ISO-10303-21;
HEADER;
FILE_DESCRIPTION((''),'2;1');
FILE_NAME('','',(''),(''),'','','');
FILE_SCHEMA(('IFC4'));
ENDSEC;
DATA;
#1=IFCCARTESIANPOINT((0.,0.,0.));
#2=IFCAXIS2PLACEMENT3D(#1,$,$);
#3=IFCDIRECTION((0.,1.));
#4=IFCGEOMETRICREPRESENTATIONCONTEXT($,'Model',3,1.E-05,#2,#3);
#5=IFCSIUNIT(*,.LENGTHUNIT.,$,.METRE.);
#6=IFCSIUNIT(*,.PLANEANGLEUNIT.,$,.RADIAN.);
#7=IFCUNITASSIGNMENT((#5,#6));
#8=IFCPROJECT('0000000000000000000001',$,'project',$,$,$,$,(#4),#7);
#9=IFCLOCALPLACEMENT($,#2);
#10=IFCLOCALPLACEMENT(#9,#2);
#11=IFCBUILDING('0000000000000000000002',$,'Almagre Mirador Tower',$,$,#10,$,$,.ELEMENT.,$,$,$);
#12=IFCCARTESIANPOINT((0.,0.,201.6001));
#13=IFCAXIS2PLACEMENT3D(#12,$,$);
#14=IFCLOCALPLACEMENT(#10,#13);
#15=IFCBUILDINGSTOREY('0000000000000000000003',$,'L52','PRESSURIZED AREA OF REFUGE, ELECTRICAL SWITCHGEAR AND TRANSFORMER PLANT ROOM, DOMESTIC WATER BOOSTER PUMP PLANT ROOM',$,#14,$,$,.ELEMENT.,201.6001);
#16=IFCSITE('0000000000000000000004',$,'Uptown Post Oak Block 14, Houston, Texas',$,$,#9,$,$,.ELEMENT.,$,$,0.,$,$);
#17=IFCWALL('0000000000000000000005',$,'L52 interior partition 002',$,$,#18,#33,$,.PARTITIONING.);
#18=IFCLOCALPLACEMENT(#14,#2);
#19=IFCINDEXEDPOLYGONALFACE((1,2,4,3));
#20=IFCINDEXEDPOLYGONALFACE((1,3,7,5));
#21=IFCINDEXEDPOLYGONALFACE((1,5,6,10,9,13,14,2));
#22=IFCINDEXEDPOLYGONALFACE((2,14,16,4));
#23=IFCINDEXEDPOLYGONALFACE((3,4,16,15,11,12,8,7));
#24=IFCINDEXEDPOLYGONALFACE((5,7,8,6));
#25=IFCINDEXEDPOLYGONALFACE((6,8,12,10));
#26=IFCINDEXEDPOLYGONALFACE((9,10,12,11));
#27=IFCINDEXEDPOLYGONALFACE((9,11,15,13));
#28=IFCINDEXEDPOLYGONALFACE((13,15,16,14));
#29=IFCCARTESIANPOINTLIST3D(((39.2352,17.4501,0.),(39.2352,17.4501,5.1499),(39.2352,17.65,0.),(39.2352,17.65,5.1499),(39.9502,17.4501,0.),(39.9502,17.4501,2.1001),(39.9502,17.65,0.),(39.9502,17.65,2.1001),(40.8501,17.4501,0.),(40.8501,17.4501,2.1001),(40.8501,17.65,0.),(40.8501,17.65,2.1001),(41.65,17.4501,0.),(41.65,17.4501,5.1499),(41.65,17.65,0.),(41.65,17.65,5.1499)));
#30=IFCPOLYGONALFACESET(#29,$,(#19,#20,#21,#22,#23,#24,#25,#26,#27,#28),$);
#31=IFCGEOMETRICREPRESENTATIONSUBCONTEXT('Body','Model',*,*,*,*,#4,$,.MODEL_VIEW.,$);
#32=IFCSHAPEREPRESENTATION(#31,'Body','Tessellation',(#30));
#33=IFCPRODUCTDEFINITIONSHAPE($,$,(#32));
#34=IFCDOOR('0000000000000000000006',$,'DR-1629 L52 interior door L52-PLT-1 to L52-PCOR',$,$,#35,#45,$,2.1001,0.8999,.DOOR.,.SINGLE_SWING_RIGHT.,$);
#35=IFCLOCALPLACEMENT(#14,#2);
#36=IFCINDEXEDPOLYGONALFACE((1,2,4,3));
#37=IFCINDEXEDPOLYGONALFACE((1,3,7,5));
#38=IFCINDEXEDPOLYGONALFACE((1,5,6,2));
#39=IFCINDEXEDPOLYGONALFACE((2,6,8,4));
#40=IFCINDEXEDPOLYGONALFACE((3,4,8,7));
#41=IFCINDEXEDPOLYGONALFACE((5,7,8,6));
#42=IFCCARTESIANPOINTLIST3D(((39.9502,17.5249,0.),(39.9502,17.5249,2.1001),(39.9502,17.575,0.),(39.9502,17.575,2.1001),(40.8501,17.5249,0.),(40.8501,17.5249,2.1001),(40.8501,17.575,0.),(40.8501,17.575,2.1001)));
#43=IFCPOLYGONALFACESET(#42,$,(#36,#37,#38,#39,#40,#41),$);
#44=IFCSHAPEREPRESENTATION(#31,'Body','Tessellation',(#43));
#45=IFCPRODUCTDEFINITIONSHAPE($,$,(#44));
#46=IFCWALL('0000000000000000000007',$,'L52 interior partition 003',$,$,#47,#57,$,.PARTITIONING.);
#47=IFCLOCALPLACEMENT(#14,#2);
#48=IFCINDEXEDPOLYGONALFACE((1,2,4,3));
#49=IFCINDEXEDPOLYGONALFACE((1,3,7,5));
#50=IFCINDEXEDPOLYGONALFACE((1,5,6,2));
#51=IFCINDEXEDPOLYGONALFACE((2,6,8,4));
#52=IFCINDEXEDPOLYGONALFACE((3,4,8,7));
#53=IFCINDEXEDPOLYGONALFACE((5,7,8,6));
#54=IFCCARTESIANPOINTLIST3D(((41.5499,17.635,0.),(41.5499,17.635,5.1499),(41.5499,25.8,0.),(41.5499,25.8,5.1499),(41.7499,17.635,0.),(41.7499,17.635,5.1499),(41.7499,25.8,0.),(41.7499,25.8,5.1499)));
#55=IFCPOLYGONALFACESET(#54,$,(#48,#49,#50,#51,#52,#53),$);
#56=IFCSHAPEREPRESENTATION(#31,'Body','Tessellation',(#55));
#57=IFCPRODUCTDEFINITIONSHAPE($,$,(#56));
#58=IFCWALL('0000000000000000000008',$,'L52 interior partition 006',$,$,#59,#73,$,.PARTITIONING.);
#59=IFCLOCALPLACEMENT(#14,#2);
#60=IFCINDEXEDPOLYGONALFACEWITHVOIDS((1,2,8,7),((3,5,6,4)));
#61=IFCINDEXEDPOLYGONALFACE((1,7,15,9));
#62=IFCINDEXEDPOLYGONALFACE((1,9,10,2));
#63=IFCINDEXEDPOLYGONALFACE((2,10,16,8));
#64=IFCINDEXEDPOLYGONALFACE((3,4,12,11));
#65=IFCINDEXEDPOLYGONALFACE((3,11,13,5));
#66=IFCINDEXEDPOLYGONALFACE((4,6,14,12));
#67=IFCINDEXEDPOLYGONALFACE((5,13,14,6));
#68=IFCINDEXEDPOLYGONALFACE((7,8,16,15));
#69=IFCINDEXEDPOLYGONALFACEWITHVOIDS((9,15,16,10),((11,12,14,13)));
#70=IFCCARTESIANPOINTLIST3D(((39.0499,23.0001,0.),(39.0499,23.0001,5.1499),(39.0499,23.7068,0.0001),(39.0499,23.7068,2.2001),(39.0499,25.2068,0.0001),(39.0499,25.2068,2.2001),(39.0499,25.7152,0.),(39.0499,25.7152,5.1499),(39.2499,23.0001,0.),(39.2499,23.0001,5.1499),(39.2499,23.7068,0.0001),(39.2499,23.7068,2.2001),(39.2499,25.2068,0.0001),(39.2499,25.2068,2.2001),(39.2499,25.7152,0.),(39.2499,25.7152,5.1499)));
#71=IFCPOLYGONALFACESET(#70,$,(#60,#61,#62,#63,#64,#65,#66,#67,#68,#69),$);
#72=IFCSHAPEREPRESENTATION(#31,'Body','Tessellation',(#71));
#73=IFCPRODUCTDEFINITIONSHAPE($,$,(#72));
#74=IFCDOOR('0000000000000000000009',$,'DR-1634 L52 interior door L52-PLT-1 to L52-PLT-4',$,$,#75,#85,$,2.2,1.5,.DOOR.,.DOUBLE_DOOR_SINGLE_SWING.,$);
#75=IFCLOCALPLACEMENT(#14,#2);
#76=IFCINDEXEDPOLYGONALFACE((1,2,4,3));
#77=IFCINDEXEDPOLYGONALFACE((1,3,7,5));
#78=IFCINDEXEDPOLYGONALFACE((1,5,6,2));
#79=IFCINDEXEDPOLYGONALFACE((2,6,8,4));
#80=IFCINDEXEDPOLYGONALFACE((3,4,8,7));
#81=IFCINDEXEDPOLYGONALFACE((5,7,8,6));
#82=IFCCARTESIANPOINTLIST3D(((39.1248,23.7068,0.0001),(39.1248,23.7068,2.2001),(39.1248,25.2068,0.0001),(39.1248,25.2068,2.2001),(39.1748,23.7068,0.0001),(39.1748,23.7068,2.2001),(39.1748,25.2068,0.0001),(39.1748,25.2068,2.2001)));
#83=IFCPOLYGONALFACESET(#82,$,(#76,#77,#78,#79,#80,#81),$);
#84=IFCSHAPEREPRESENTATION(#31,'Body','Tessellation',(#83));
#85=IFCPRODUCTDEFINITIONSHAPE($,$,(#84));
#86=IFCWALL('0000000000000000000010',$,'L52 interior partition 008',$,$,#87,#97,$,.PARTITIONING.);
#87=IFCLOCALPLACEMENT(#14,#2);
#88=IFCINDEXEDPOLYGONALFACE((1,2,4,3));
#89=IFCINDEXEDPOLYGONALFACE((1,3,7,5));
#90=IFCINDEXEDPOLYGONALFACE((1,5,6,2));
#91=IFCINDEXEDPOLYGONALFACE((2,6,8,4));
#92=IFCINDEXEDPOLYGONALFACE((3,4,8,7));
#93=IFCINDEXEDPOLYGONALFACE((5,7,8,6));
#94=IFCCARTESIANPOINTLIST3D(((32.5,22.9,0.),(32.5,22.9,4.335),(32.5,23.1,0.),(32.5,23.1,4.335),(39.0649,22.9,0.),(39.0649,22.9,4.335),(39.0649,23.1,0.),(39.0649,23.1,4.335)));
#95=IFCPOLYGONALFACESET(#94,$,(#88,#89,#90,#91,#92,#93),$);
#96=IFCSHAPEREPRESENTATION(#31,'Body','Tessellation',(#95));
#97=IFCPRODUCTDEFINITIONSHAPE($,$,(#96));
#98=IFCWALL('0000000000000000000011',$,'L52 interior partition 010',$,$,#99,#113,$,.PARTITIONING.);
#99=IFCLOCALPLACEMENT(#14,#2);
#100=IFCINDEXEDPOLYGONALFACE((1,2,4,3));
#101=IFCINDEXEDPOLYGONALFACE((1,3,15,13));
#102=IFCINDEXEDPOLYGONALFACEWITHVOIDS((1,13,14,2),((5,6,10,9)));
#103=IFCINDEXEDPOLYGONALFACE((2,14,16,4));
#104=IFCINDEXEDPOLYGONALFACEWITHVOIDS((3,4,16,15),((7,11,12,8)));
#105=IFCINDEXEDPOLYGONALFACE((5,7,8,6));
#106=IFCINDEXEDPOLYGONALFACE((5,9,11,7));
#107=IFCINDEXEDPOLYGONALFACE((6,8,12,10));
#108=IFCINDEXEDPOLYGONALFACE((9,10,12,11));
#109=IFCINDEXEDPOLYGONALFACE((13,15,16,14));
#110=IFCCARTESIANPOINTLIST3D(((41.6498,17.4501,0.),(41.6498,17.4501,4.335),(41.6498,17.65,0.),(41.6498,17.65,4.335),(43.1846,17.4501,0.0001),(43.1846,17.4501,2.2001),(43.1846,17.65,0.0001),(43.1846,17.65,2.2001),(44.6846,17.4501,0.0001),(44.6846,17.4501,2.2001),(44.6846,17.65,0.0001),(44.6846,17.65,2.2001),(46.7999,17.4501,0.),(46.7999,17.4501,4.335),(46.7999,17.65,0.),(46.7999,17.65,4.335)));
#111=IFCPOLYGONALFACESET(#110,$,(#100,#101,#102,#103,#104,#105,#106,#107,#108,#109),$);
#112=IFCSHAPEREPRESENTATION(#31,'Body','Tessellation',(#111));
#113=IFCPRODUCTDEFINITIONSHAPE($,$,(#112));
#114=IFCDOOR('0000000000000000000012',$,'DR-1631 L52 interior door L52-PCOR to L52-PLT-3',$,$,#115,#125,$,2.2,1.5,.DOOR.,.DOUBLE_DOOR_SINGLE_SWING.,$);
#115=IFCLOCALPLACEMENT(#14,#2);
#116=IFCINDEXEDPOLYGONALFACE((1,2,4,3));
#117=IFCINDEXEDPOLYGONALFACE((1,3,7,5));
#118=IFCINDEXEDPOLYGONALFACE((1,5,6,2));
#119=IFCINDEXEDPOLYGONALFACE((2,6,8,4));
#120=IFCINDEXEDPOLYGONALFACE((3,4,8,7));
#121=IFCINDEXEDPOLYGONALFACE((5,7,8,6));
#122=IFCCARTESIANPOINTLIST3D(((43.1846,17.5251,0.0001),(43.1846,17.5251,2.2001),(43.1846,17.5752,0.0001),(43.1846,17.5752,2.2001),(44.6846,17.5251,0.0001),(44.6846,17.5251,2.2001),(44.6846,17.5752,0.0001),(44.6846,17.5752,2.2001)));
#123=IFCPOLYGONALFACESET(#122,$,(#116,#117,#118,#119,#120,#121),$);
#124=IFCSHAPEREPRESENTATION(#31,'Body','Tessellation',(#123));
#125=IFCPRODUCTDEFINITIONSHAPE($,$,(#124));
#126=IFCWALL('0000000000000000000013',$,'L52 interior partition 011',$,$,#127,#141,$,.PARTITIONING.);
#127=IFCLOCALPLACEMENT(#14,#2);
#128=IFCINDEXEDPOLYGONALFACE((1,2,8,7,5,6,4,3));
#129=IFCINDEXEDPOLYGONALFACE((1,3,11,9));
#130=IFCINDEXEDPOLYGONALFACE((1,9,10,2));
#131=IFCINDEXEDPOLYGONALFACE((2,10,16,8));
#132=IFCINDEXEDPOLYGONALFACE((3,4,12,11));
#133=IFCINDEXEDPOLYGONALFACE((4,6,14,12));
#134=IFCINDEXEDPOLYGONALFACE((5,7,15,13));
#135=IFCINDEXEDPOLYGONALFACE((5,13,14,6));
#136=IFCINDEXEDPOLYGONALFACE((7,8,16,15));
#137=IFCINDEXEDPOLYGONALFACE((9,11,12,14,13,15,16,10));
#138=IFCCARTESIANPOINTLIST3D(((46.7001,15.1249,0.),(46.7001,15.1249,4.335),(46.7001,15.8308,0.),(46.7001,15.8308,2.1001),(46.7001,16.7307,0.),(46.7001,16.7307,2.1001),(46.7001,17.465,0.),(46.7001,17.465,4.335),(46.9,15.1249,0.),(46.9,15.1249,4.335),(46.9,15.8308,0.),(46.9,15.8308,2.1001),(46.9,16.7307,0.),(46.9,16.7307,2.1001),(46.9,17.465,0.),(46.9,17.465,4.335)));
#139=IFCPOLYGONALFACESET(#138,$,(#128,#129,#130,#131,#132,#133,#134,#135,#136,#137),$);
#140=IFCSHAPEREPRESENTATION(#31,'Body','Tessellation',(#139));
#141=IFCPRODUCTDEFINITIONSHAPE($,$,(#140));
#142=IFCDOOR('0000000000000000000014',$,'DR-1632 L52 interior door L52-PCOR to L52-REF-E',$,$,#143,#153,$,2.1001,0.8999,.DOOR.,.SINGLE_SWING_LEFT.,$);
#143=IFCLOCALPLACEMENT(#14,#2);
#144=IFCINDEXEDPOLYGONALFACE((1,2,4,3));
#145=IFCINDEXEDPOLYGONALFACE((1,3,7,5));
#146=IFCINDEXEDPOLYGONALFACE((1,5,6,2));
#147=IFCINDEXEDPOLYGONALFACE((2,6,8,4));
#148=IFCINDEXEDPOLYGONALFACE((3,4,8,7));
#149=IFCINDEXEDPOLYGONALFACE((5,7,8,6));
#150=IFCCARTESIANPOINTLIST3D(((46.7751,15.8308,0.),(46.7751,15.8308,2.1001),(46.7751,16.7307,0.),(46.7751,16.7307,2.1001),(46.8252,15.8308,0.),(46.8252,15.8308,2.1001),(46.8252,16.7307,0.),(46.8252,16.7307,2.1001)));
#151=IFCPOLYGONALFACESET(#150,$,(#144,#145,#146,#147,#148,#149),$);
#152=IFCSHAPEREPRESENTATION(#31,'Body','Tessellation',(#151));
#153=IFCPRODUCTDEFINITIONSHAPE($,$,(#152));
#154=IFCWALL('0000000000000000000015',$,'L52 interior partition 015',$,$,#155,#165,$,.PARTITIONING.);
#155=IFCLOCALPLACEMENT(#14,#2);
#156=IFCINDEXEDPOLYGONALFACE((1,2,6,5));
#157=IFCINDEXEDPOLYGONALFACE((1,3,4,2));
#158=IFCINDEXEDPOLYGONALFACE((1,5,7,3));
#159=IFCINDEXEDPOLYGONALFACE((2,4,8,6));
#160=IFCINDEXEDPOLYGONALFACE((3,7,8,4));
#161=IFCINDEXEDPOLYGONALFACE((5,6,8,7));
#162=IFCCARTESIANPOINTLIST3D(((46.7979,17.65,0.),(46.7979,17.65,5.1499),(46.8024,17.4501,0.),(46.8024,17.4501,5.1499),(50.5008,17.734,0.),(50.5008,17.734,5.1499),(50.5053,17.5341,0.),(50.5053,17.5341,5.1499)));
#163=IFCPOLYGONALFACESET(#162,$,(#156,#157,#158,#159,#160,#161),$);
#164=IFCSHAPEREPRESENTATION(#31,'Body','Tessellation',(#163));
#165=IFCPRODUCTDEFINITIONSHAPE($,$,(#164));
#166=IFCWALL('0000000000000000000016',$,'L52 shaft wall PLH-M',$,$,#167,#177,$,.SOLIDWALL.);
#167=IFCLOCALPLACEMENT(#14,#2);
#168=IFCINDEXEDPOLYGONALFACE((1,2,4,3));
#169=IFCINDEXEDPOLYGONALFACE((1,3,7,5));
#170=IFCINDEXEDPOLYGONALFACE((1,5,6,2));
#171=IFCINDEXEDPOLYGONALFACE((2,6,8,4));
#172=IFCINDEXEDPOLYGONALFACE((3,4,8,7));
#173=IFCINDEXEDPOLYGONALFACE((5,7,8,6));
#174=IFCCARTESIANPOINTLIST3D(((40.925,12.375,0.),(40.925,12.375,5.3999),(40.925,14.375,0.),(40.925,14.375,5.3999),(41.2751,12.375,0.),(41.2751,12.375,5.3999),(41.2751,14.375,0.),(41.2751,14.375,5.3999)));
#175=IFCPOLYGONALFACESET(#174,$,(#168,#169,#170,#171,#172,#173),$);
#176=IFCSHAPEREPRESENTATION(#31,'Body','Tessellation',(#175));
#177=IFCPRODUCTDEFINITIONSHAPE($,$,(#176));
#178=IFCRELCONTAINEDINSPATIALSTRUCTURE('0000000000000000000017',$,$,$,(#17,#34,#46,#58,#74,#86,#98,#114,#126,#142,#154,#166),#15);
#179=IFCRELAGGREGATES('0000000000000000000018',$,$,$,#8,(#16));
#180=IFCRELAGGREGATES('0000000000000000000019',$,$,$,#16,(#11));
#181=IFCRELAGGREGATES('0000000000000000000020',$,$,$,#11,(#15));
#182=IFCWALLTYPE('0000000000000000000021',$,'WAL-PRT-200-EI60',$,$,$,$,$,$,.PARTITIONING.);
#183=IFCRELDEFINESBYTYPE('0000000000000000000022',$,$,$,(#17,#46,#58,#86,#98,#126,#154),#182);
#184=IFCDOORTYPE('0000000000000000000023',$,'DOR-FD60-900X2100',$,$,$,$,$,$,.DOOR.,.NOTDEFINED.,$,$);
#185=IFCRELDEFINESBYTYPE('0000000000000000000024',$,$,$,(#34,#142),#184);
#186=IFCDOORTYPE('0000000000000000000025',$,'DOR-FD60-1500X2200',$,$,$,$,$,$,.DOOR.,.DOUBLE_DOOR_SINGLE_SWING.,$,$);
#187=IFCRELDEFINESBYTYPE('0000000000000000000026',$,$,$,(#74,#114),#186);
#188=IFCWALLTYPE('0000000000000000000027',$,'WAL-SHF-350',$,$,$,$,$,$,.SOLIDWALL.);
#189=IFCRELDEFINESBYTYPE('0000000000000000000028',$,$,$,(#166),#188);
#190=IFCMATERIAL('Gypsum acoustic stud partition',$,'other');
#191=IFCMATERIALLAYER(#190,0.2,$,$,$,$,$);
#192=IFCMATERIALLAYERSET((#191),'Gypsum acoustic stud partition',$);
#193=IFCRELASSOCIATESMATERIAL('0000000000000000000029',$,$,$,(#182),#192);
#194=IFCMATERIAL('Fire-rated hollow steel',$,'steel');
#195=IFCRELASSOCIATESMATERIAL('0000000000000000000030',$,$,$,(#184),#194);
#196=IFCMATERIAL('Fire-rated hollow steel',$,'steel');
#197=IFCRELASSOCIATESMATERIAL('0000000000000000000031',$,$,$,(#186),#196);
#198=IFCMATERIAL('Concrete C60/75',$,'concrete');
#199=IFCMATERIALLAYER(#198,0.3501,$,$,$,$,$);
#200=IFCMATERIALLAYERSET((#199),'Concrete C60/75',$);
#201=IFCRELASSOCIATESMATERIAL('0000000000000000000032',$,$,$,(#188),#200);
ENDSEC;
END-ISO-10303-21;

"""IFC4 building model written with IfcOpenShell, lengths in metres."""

from ifc_helpers import new_model, si_unit, direction, frame, frame_2d, origin, place, context, subcontext, project, spatial, rectangle, extrude, material, layer, layer_set, type_object, element, fill, save


model = new_model("IFC4")

# Units and contexts
model_context = context("Model", 3, precision=1e-05, world=origin(), true_north=direction((0.0, 1.0)))
body_context = subcontext(model_context, "Body", "Model", "MODEL_VIEW")
ifc_project = project(units=[si_unit("LENGTHUNIT", "METRE"), si_unit("PLANEANGLEUNIT", "RADIAN")], contexts=[model_context])

# Site, building, storey
site_placement = place(None, origin())
site = spatial("IfcSite", under=ifc_project, at=site_placement, Name="Uptown Post Oak Block 14, Houston, Texas", CompositionType="ELEMENT", RefElevation=0.0)
building_placement = place(site_placement, origin())
building = spatial("IfcBuilding", under=site, at=building_placement, Name="Almagre Mirador Tower", CompositionType="ELEMENT")
storey_placement = place(building_placement, frame((0.0, 0.0, 201.6001)))
storey = spatial("IfcBuildingStorey", under=building, at=storey_placement, Name="L52", Description="PRESSURIZED AREA OF REFUGE, ELECTRICAL SWITCHGEAR AND TRANSFORMER PLANT ROOM, DOMESTIC WATER BOOSTER PUMP PLANT ROOM", CompositionType="ELEMENT", Elevation=201.6001)

# Shared definitions
ifc_material_1 = material(Name="Gypsum acoustic stud partition", Category="other")
ifc_layer_1 = layer(ifc_material_1, 0.2)
ifc_layer_set_1 = layer_set([ifc_layer_1], Name="Gypsum acoustic stud partition")
wall_type_1 = type_object("IfcWallType", Name="WAL-PRT-200-EI60", PredefinedType="PARTITIONING", material=ifc_layer_set_1)

# Wall, opening, door
wall_1_placement = place(storey_placement, frame((39.2351, 17.55, 0.0), z_axis=(0.0, 0.0, 1.0), x_axis=(1.0, 0.0, 0.0)))
wall_1 = element("IfcWall", 1, at=wall_1_placement, inside=storey, type_object=wall_type_1, Name="L52 interior partition 002", PredefinedType="PARTITIONING", context=body_context, shape_type="SweptSolid", body=[
    extrude(rectangle(XDim=2.4148, YDim=0.2, at=frame_2d((1.2075, 0.0))), origin(), (0.0, 0.0, 1.0), 5.1499),
])
opening_1_placement = place(wall_1_placement, frame((0.7151, 0.0, 0.0)))
opening_1 = element("IfcOpeningElement", 2, at=opening_1_placement, cuts=wall_1, PredefinedType="OPENING", context=body_context, shape_type="SweptSolid", body=[
    extrude(rectangle(XDim=0.8999, YDim=2.1001, at=frame_2d((0.45, 1.05))), frame((0.0, 0.1101, 0.0), z_axis=(0.0, -1.0, 0.0), x_axis=(1.0, 0.0, 0.0)), (0.0, 0.0, 1.0), 0.22),
])
ifc_material_2 = material(Name="Fire-rated hollow steel", Category="steel")
door_type_1 = type_object("IfcDoorType", Name="DOR-FD60-900X2100", OperationType="NOTDEFINED", PredefinedType="DOOR", material=ifc_material_2)
door_1_placement = place(opening_1_placement, origin())
door_1 = element("IfcDoor", 3, at=door_1_placement, inside=storey, type_object=door_type_1, Name="DR-1629 L52 interior door L52-PLT-1 to L52-PCOR", OperationType="SINGLE_SWING_RIGHT", OverallHeight=2.1001, OverallWidth=0.8999, PredefinedType="DOOR", context=body_context, shape_type="SweptSolid", body=[
    extrude(rectangle(XDim=0.8999, YDim=2.1001, at=frame_2d((0.45, 1.05))), frame((0.0, 0.0249, 0.0), z_axis=(0.0, -1.0, 0.0), x_axis=(1.0, 0.0, 0.0)), (0.0, 0.0, 1.0), 0.05),
])
fill(opening_1, door_1)

# Wall
wall_2_placement = place(storey_placement, frame((41.6499, 17.635, 0.0), z_axis=(0.0, 0.0, 1.0), x_axis=(0.0, 1.0, 0.0)))
element("IfcWall", 4, at=wall_2_placement, inside=storey, type_object=wall_type_1, Name="L52 interior partition 003", PredefinedType="PARTITIONING", context=body_context, shape_type="SweptSolid", body=[
    extrude(rectangle(XDim=8.165, YDim=0.2, at=frame_2d((4.0825, 0.0))), origin(), (0.0, 0.0, 1.0), 5.1499),
])

# Wall, opening, door
wall_3_placement = place(storey_placement, frame((39.1499, 25.7151, 0.0), z_axis=(0.0, 0.0, 1.0), x_axis=(0.0, -1.0, 0.0)))
wall_3 = element("IfcWall", 5, at=wall_3_placement, inside=storey, type_object=wall_type_1, Name="L52 interior partition 006", PredefinedType="PARTITIONING", context=body_context, shape_type="SweptSolid", body=[
    extrude(rectangle(XDim=2.7151, YDim=0.2, at=frame_2d((1.3574, 0.0))), origin(), (0.0, 0.0, 1.0), 5.1499),
])
opening_2_placement = place(wall_3_placement, frame((0.5083, 0.0, 0.0)))
opening_2 = element("IfcOpeningElement", 6, at=opening_2_placement, cuts=wall_3, PredefinedType="OPENING", context=body_context, shape_type="SweptSolid", body=[
    extrude(rectangle(XDim=1.5, YDim=2.2, at=frame_2d((0.75, 1.1001))), frame((0.0, 0.1101, 0.0), z_axis=(0.0, -1.0, 0.0), x_axis=(1.0, 0.0, 0.0)), (0.0, 0.0, 1.0), 0.22),
])
ifc_material_3 = material(Name="Fire-rated hollow steel", Category="steel")
door_type_2 = type_object("IfcDoorType", Name="DOR-FD60-1500X2200", OperationType="DOUBLE_DOOR_SINGLE_SWING", PredefinedType="DOOR", material=ifc_material_3)
door_2_placement = place(opening_2_placement, origin())
door_2 = element("IfcDoor", 7, at=door_2_placement, inside=storey, type_object=door_type_2, Name="DR-1634 L52 interior door L52-PLT-1 to L52-PLT-4", OperationType="DOUBLE_DOOR_SINGLE_SWING", OverallHeight=2.2, OverallWidth=1.5, PredefinedType="DOOR", context=body_context, shape_type="SweptSolid", body=[
    extrude(rectangle(XDim=1.5, YDim=2.2, at=frame_2d((0.75, 1.1001))), frame((0.0, 0.0249, 0.0), z_axis=(0.0, -1.0, 0.0), x_axis=(1.0, 0.0, 0.0)), (0.0, 0.0, 1.0), 0.05),
])
fill(opening_2, door_2)

# Wall
wall_4_placement = place(storey_placement, frame((39.0649, 23.0, 0.0), z_axis=(0.0, 0.0, 1.0), x_axis=(-1.0, 0.0, 0.0)))
element("IfcWall", 8, at=wall_4_placement, inside=storey, type_object=wall_type_1, Name="L52 interior partition 008", PredefinedType="PARTITIONING", context=body_context, shape_type="SweptSolid", body=[
    extrude(rectangle(XDim=6.5649, YDim=0.2, at=frame_2d((3.2825, 0.0))), origin(), (0.0, 0.0, 1.0), 4.335),
])

# Walls, openings, doors
wall_5_placement = place(storey_placement, frame((46.8, 17.55, 0.0), z_axis=(0.0, 0.0, 1.0), x_axis=(-1.0, 0.0, 0.0)))
wall_5 = element("IfcWall", 9, at=wall_5_placement, inside=storey, type_object=wall_type_1, Name="L52 interior partition 010", PredefinedType="PARTITIONING", context=body_context, shape_type="SweptSolid", body=[
    extrude(rectangle(XDim=5.1501, YDim=0.2, at=frame_2d((2.5752, 0.0))), origin(), (0.0, 0.0, 1.0), 4.335),
])
opening_3_placement = place(wall_5_placement, frame((2.1155, 0.0, 0.0)))
opening_3 = element("IfcOpeningElement", 10, at=opening_3_placement, cuts=wall_5, PredefinedType="OPENING", context=body_context, shape_type="SweptSolid", body=[
    extrude(rectangle(XDim=1.5, YDim=2.2, at=frame_2d((0.75, 1.1001))), frame((0.0, 0.1101, 0.0), z_axis=(0.0, -1.0, 0.0), x_axis=(1.0, 0.0, 0.0)), (0.0, 0.0, 1.0), 0.22),
])
door_3_placement = place(opening_3_placement, origin())
door_3 = element("IfcDoor", 11, at=door_3_placement, inside=storey, type_object=door_type_2, Name="DR-1631 L52 interior door L52-PCOR to L52-PLT-3", OperationType="DOUBLE_DOOR_SINGLE_SWING", OverallHeight=2.2, OverallWidth=1.5, PredefinedType="DOOR", context=body_context, shape_type="SweptSolid", body=[
    extrude(rectangle(XDim=1.5, YDim=2.2, at=frame_2d((0.75, 1.1001))), frame((0.0, 0.0249, 0.0), z_axis=(0.0, -1.0, 0.0), x_axis=(1.0, 0.0, 0.0)), (0.0, 0.0, 1.0), 0.05),
])
fill(opening_3, door_3)
wall_6_placement = place(storey_placement, frame((46.8, 15.125, 0.0), z_axis=(0.0, 0.0, 1.0), x_axis=(0.0, 1.0, 0.0)))
wall_6 = element("IfcWall", 12, at=wall_6_placement, inside=storey, type_object=wall_type_1, Name="L52 interior partition 011", PredefinedType="PARTITIONING", context=body_context, shape_type="SweptSolid", body=[
    extrude(rectangle(XDim=2.3401, YDim=0.2, at=frame_2d((1.1699, 0.0))), origin(), (0.0, 0.0, 1.0), 4.335),
])
opening_4_placement = place(wall_6_placement, frame((0.7058, 0.0, 0.0)))
opening_4 = element("IfcOpeningElement", 13, at=opening_4_placement, cuts=wall_6, PredefinedType="OPENING", context=body_context, shape_type="SweptSolid", body=[
    extrude(rectangle(XDim=0.8999, YDim=2.1001, at=frame_2d((0.45, 1.05))), frame((0.0, 0.1101, 0.0), z_axis=(0.0, -1.0, 0.0), x_axis=(1.0, 0.0, 0.0)), (0.0, 0.0, 1.0), 0.22),
])
door_4_placement = place(opening_4_placement, origin())
door_4 = element("IfcDoor", 14, at=door_4_placement, inside=storey, type_object=door_type_1, Name="DR-1632 L52 interior door L52-PCOR to L52-REF-E", OperationType="SINGLE_SWING_LEFT", OverallHeight=2.1001, OverallWidth=0.8999, PredefinedType="DOOR", context=body_context, shape_type="SweptSolid", body=[
    extrude(rectangle(XDim=0.8999, YDim=2.1001, at=frame_2d((0.45, 1.05))), frame((0.0, 0.0249, 0.0), z_axis=(0.0, -1.0, 0.0), x_axis=(1.0, 0.0, 0.0)), (0.0, 0.0, 1.0), 0.05),
])
fill(opening_4, door_4)

# Walls
wall_7_placement = place(storey_placement, frame((46.8, 17.55, 0.0), z_axis=(0.0, 0.0, 1.0), x_axis=(0.999743, 0.022675, 0.0)))
element("IfcWall", 15, at=wall_7_placement, inside=storey, type_object=wall_type_1, Name="L52 interior partition 015", PredefinedType="PARTITIONING", context=body_context, shape_type="SweptSolid", body=[
    extrude(rectangle(XDim=3.7039, YDim=0.2, at=frame_2d((1.8521, 0.0))), origin(), (0.0, 0.0, 1.0), 5.1499),
])
ifc_material_4 = material(Name="Concrete C60/75", Category="concrete")
ifc_layer_2 = layer(ifc_material_4, 0.3501)
ifc_layer_set_2 = layer_set([ifc_layer_2], Name="Concrete C60/75")
wall_type_2 = type_object("IfcWallType", Name="WAL-SHF-350", PredefinedType="SOLIDWALL", material=ifc_layer_set_2)
wall_8_placement = place(storey_placement, frame((41.1001, 12.375, 0.0), z_axis=(0.0, 0.0, 1.0), x_axis=(0.0, 1.0, 0.0)))
element("IfcWall", 16, at=wall_8_placement, inside=storey, type_object=wall_type_2, Name="L52 shaft wall PLH-M", PredefinedType="SOLIDWALL", context=body_context, shape_type="SweptSolid", body=[
    extrude(rectangle(XDim=2.0, YDim=0.3501, at=frame_2d((1.0, 0.0))), origin(), (0.0, 0.0, 1.0), 5.3999),
])

save(model, "model.ifc")
